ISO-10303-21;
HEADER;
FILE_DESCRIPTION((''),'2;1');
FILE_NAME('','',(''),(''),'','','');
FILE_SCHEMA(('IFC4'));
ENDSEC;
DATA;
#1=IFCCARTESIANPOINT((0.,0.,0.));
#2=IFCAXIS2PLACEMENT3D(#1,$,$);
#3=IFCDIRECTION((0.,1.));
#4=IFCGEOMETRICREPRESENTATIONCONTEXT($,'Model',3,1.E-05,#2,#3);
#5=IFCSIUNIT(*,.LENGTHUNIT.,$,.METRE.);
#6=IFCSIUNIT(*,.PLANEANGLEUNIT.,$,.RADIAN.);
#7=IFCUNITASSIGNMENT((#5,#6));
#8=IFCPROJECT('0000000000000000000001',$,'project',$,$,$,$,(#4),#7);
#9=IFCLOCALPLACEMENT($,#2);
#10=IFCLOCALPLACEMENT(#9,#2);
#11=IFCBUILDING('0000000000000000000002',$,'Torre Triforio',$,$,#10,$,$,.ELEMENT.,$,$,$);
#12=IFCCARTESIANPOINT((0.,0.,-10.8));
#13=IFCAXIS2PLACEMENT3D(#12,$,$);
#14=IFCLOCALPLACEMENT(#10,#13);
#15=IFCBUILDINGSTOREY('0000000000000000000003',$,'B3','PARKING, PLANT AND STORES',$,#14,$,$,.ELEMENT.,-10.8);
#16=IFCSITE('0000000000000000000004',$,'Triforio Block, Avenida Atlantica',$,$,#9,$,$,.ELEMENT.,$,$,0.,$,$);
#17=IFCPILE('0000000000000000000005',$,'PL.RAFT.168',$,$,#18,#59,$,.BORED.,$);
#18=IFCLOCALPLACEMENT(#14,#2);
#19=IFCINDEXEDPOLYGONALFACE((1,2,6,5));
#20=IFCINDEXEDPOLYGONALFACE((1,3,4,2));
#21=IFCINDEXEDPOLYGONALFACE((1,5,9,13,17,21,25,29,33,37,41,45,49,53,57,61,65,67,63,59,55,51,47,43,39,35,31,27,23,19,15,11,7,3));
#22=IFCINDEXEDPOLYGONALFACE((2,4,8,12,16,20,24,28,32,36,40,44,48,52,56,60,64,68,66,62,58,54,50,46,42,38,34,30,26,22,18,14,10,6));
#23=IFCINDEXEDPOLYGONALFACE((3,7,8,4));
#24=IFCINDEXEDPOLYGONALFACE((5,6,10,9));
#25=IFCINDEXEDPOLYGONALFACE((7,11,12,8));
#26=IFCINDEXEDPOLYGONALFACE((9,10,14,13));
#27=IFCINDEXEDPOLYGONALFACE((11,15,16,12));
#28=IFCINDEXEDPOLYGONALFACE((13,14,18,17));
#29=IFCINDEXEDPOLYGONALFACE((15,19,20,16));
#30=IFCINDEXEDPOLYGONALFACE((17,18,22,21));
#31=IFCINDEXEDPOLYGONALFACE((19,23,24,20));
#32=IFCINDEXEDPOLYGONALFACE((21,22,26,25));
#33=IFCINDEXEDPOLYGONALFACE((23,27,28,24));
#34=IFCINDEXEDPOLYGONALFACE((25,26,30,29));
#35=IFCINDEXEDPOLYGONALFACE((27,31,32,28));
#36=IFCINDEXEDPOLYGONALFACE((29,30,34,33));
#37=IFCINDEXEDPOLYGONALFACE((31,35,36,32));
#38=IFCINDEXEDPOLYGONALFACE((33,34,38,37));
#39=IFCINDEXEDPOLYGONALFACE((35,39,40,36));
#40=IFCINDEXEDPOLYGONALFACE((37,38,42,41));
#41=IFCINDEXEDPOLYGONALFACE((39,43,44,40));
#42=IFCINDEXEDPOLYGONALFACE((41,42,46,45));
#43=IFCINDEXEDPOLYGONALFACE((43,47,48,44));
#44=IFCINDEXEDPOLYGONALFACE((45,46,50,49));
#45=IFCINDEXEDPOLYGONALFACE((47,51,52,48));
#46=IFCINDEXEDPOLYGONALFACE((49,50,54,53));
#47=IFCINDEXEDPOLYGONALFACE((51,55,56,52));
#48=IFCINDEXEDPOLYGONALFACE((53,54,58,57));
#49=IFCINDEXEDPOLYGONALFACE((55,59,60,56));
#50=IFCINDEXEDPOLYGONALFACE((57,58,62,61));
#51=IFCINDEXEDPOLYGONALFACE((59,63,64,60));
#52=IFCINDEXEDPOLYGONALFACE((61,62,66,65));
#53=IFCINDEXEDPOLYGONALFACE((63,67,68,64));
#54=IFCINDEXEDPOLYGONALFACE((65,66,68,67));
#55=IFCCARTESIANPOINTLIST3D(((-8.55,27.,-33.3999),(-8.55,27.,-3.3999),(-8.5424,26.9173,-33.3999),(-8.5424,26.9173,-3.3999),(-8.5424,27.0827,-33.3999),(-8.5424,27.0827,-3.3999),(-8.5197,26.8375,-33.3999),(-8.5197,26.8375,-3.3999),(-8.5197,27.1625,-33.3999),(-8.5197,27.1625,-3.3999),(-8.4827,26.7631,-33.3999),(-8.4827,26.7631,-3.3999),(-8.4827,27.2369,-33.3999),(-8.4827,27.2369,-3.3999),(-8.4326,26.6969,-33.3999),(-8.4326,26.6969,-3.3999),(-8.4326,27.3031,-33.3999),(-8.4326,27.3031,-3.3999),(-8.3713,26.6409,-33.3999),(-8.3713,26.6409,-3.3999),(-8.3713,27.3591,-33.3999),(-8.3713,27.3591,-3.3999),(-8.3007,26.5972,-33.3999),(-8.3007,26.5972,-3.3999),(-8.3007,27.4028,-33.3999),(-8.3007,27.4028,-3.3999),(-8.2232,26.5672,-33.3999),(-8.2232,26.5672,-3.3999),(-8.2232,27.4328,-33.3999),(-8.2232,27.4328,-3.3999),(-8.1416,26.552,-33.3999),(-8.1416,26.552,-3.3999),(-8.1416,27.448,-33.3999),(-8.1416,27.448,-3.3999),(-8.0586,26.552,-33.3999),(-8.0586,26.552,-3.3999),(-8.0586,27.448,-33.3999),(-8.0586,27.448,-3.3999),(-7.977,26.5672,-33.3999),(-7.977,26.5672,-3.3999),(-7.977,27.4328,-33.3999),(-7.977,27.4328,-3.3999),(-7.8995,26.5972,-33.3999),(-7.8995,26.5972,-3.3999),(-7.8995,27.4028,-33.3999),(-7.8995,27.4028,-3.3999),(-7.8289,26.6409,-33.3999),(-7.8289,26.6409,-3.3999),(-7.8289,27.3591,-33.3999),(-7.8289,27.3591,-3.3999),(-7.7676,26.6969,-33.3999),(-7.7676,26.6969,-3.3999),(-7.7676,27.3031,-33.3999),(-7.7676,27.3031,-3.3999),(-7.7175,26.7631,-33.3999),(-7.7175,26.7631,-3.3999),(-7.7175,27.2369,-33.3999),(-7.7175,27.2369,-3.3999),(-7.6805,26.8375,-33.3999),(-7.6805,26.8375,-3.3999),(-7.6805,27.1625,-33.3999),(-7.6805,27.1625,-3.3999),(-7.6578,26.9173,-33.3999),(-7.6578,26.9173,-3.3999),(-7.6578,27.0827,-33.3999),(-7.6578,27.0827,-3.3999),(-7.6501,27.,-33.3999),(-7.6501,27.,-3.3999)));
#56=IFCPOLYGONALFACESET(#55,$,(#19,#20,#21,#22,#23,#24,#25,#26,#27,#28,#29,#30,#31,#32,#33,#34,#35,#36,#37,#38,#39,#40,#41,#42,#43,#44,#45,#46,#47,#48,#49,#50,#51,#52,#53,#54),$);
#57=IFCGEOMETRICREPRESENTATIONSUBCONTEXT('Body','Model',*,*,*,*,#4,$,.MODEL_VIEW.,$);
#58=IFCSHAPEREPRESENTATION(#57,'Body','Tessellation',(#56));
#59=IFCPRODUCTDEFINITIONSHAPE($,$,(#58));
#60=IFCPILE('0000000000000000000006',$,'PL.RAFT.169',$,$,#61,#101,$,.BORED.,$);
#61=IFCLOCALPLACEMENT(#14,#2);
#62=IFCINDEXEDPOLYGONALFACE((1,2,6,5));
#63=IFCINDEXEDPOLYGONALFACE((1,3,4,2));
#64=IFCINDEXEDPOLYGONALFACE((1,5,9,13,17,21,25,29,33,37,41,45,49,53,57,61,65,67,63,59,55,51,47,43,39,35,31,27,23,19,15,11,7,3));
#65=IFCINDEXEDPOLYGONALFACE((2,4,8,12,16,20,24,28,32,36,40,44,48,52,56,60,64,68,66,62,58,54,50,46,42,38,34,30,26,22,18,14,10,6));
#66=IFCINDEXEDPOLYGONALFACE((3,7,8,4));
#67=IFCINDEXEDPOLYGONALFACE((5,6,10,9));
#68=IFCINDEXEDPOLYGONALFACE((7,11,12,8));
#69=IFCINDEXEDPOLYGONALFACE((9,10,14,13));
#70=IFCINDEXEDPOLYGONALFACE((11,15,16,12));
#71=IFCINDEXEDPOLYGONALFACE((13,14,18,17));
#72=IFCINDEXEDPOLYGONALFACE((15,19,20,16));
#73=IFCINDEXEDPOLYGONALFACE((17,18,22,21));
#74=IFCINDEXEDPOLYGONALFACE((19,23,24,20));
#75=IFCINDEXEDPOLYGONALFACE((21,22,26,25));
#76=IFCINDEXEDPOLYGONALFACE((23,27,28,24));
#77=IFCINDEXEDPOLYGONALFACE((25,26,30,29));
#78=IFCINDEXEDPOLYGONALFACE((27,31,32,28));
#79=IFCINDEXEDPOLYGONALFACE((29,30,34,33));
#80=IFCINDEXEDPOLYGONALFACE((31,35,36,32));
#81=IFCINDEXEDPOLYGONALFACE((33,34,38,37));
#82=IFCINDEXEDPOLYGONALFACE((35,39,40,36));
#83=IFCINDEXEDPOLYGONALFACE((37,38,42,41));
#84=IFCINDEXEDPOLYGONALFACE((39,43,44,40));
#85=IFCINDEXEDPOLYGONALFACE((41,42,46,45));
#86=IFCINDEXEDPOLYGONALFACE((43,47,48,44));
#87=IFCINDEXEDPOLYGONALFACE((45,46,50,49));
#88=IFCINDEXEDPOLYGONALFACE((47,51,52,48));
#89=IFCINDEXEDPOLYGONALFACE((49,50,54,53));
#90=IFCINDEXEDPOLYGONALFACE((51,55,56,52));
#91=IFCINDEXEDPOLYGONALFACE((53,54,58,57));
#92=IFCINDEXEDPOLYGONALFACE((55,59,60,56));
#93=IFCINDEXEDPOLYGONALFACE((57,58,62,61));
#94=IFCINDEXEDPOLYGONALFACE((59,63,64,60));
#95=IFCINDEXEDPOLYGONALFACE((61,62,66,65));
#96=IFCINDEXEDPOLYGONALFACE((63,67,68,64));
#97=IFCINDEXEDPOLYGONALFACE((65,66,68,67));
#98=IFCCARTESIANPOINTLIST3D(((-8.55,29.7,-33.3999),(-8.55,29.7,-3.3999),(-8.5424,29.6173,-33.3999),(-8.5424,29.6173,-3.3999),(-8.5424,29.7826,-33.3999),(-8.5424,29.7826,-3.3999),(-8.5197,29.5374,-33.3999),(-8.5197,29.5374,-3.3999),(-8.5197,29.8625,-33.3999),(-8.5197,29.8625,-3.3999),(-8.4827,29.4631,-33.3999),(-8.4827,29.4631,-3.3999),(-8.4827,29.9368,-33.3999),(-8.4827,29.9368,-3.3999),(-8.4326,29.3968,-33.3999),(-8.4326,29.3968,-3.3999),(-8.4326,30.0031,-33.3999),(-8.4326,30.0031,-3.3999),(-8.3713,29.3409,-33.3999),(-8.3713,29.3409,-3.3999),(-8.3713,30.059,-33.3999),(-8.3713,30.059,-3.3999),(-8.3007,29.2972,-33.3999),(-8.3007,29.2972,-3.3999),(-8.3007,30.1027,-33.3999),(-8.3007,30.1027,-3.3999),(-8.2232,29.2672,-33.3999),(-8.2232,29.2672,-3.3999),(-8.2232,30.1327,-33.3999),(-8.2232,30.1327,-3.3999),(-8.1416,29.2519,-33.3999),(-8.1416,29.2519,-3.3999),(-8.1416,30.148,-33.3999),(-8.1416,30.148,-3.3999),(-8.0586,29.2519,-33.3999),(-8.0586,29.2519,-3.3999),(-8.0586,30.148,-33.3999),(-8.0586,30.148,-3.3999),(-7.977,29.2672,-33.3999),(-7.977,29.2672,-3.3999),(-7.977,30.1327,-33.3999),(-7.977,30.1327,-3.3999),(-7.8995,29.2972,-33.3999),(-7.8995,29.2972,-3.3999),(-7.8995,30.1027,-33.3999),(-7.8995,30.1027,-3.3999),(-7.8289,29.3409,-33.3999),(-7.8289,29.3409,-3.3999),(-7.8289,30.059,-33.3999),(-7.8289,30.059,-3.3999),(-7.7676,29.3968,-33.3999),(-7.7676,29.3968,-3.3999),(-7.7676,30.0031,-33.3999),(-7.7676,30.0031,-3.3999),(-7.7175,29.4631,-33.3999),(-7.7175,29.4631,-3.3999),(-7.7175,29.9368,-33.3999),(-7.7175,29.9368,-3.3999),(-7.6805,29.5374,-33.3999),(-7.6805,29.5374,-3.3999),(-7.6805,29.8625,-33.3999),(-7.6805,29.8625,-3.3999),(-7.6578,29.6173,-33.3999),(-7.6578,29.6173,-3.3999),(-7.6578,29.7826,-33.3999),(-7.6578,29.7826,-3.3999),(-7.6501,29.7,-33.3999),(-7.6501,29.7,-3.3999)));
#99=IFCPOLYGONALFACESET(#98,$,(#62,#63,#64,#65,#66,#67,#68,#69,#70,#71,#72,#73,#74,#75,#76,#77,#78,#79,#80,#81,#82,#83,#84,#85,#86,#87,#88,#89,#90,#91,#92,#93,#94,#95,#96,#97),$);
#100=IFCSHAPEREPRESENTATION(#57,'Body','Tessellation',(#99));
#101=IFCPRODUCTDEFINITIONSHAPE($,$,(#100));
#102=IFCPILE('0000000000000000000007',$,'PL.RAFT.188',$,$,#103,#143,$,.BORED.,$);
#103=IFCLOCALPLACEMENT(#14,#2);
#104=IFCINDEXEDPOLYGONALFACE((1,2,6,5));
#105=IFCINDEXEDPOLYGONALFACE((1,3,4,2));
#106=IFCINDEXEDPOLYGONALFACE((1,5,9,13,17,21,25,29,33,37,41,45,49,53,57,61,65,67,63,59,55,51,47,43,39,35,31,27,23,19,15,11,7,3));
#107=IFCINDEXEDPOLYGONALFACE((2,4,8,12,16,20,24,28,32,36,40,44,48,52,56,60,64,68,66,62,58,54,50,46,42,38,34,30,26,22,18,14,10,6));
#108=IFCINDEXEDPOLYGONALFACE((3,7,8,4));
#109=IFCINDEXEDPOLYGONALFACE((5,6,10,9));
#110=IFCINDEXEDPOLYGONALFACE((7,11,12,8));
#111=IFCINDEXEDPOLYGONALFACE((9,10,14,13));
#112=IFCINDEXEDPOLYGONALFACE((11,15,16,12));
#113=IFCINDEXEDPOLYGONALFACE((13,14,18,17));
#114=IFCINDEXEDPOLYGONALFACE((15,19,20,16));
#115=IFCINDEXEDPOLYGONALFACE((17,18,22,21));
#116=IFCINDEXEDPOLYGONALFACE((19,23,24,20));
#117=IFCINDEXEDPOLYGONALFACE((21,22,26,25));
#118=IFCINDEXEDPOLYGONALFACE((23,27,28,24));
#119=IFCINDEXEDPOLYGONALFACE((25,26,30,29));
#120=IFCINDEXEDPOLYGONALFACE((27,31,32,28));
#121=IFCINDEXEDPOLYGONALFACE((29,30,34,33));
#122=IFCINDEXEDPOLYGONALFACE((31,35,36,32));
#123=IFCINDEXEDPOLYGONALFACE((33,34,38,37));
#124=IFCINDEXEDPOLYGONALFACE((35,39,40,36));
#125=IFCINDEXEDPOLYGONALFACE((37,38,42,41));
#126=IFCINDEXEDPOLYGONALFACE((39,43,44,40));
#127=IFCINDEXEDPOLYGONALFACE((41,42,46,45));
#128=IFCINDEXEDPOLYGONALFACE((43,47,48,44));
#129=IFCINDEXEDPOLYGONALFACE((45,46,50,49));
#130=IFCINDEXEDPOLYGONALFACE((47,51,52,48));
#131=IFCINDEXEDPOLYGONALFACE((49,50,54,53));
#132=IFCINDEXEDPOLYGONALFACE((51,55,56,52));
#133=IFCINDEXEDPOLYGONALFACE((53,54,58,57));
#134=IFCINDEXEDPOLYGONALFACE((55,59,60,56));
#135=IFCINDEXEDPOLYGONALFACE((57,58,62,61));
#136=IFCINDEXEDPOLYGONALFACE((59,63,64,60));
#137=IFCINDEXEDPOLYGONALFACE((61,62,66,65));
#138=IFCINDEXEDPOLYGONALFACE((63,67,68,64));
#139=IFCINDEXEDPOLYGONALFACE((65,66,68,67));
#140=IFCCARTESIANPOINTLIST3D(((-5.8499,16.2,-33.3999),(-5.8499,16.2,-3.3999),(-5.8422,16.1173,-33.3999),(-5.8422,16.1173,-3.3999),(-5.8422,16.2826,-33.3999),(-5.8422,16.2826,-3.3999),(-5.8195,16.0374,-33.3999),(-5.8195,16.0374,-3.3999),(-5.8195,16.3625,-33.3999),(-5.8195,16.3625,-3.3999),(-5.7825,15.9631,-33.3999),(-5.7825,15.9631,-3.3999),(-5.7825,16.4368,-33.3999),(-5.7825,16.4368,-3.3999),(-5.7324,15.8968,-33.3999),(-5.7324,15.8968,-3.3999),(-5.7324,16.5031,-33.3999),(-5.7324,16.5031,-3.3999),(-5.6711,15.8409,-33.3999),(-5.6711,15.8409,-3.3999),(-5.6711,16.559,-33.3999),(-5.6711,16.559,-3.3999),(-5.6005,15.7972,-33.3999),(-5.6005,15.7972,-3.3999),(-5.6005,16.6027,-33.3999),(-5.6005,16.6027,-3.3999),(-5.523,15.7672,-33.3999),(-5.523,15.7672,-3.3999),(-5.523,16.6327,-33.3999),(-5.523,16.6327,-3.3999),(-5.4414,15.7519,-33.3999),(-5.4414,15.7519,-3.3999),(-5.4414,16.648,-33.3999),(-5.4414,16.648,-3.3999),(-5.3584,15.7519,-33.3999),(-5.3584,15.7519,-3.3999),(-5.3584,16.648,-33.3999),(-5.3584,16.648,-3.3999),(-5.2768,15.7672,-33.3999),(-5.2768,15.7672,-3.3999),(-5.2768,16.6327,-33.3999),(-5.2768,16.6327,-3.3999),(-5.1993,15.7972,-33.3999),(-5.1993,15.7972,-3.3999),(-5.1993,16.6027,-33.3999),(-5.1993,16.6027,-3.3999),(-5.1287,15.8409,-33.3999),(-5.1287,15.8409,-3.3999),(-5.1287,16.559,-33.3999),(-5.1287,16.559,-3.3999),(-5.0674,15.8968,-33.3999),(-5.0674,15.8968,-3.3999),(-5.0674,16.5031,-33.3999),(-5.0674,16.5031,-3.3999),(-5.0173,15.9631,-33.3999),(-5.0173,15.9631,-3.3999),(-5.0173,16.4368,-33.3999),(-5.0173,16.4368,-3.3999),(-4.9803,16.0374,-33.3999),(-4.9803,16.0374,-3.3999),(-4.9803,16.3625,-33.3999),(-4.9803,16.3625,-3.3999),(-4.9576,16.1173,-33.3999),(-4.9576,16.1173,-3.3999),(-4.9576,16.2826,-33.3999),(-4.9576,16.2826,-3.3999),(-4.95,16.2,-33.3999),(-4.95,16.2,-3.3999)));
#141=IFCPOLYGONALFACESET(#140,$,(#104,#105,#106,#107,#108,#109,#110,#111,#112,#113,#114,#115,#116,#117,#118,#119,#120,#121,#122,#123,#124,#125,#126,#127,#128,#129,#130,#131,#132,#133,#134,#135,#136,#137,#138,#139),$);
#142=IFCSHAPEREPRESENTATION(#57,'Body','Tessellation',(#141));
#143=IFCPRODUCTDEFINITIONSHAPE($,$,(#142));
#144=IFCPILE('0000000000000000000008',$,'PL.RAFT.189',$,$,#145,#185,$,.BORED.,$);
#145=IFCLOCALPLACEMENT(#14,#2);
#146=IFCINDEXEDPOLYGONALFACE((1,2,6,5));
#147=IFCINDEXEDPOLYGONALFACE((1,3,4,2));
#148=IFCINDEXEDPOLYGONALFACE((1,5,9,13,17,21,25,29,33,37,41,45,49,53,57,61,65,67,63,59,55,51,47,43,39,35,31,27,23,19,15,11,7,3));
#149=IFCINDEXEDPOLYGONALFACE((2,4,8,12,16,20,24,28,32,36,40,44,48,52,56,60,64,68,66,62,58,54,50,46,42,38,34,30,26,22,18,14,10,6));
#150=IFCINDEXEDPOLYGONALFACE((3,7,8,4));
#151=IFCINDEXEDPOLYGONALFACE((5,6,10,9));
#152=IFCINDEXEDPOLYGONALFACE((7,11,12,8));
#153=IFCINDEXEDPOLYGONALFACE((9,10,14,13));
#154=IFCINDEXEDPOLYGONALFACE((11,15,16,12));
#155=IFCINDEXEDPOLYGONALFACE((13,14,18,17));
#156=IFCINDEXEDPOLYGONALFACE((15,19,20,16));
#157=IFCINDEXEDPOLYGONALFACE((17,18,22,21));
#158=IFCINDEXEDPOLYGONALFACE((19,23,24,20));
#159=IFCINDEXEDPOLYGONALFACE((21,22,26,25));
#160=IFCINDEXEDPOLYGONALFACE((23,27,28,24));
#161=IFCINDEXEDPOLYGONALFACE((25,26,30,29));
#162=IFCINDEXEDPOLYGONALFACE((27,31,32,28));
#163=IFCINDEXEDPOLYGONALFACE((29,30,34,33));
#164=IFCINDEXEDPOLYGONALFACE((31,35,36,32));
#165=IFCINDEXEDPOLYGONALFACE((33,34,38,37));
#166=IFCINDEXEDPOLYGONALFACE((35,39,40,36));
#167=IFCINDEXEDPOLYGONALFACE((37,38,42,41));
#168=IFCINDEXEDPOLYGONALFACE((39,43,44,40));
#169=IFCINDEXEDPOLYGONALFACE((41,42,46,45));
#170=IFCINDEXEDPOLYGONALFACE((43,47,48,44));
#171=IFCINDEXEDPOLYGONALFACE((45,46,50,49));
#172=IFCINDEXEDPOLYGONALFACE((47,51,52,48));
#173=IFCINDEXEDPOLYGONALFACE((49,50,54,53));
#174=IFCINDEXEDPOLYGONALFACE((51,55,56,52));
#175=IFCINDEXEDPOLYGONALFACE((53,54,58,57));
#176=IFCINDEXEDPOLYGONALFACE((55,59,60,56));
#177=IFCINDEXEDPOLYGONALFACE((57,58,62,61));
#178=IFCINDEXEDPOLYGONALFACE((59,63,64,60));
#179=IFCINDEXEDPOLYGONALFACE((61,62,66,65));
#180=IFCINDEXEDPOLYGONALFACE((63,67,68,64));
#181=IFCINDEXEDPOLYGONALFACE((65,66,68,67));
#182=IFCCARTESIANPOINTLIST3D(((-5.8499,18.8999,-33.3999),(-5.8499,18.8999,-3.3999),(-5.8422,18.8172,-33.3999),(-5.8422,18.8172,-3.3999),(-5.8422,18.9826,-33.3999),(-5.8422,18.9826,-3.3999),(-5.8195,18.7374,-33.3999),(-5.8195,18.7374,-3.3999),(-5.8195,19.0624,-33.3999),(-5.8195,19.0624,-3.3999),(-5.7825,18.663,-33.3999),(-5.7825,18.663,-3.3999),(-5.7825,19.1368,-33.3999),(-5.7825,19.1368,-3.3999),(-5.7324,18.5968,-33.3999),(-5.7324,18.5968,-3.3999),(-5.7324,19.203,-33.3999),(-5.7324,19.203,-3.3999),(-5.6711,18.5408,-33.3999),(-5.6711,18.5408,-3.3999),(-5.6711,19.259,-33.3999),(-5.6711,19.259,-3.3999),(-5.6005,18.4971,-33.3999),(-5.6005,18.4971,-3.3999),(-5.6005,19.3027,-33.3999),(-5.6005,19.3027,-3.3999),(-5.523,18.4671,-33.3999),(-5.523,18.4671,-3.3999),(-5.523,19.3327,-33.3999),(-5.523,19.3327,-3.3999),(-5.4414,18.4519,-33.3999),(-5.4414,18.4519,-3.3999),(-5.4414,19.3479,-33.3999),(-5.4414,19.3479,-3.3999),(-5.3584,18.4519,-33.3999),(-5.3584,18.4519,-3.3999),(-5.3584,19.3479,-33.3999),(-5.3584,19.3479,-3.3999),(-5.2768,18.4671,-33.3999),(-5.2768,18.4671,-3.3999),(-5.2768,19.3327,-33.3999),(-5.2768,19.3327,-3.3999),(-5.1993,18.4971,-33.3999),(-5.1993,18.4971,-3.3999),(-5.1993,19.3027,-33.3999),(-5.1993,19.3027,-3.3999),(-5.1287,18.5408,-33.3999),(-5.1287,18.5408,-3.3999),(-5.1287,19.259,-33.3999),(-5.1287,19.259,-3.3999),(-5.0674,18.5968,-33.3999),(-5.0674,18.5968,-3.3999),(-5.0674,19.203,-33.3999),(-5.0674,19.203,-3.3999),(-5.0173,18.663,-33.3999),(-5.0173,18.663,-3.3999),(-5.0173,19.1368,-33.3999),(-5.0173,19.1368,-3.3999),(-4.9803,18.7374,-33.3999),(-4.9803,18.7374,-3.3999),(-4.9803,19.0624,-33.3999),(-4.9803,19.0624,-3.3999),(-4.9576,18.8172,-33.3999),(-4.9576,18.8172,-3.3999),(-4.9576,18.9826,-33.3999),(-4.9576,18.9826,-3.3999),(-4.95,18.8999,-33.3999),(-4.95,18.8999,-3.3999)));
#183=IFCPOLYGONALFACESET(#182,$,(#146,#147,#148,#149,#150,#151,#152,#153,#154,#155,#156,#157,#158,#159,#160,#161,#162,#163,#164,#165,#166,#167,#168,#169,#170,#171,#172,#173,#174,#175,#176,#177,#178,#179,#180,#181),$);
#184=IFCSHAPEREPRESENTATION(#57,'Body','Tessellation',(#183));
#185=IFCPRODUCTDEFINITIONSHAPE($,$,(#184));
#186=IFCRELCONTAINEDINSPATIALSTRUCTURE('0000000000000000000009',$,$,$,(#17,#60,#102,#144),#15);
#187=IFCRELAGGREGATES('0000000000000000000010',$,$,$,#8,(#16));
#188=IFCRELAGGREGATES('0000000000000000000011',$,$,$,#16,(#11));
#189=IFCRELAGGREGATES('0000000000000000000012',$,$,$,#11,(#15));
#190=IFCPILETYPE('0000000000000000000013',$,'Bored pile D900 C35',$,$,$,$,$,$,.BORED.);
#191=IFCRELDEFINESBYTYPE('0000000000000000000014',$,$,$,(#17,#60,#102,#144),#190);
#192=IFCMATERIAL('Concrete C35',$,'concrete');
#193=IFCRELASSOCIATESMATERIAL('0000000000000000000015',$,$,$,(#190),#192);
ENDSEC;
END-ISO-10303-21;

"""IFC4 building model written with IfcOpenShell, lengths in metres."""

from ifc_helpers import new_model, si_unit, direction, frame, origin, origin_2d, place, context, subcontext, project, spatial, circle, extrude, material, material_profile, profile_set, type_object, element, save


model = new_model("IFC4")

# Units and contexts
model_context = context("Model", 3, precision=1e-05, world=origin(), true_north=direction((0.0, 1.0)))
body_context = subcontext(model_context, "Body", "Model", "MODEL_VIEW")
ifc_project = project(units=[si_unit("LENGTHUNIT", "METRE"), si_unit("PLANEANGLEUNIT", "RADIAN")], contexts=[model_context])

# Site, building, storey
site_placement = place(None, origin())
site = spatial("IfcSite", under=ifc_project, at=site_placement, Name="Triforio Block, Avenida Atlantica", CompositionType="ELEMENT", RefElevation=0.0)
building_placement = place(site_placement, origin())
building = spatial("IfcBuilding", under=site, at=building_placement, Name="Torre Triforio", CompositionType="ELEMENT")
storey_placement = place(building_placement, frame((0.0, 0.0, -10.8)))
storey = spatial("IfcBuildingStorey", under=building, at=storey_placement, Name="B3", Description="PARKING, PLANT AND STORES", CompositionType="ELEMENT", Elevation=-10.8)

# Piles
ifc_material_1 = material(Name="Concrete C35", Category="concrete")
ifc_material_profile_1 = material_profile(ifc_material_1, circle(Radius=0.45, at=origin_2d()), Name="RC D900")
ifc_profile_set_1 = profile_set([ifc_material_profile_1], Name="Concrete C35")
pile_type = type_object("IfcPileType", Name="Bored pile D900 C35", PredefinedType="BORED", material=ifc_profile_set_1)
for number, where, z_axis, x_axis, name in (
    (1, (-8.1001, 27.0, -3.3999), (0.0, 0.0, -1.0), (1.0, 0.0, 0.0), "PL.RAFT.168"),
    (2, (-8.1001, 29.7, -3.3999), (0.0, 0.0, -1.0), (1.0, 0.0, 0.0), "PL.RAFT.169"),
    (3, (-5.3999, 16.2, -3.3999), (0.0, 0.0, -1.0), (1.0, 0.0, 0.0), "PL.RAFT.188"),
    (4, (-5.3999, 18.8999, -3.3999), (0.0, 0.0, -1.0), (1.0, 0.0, 0.0), "PL.RAFT.189"),
):
    element("IfcPile", number, at=place(storey_placement, frame(where, z_axis=z_axis, x_axis=x_axis)), inside=storey, type_object=pile_type, Name=name, PredefinedType="BORED", context=body_context, shape_type="SweptSolid", body=[
        extrude(circle(Radius=0.45, at=origin_2d()), origin(), (0.0, 0.0, 1.0), 30.0),
    ])

save(model, "model.ifc")
